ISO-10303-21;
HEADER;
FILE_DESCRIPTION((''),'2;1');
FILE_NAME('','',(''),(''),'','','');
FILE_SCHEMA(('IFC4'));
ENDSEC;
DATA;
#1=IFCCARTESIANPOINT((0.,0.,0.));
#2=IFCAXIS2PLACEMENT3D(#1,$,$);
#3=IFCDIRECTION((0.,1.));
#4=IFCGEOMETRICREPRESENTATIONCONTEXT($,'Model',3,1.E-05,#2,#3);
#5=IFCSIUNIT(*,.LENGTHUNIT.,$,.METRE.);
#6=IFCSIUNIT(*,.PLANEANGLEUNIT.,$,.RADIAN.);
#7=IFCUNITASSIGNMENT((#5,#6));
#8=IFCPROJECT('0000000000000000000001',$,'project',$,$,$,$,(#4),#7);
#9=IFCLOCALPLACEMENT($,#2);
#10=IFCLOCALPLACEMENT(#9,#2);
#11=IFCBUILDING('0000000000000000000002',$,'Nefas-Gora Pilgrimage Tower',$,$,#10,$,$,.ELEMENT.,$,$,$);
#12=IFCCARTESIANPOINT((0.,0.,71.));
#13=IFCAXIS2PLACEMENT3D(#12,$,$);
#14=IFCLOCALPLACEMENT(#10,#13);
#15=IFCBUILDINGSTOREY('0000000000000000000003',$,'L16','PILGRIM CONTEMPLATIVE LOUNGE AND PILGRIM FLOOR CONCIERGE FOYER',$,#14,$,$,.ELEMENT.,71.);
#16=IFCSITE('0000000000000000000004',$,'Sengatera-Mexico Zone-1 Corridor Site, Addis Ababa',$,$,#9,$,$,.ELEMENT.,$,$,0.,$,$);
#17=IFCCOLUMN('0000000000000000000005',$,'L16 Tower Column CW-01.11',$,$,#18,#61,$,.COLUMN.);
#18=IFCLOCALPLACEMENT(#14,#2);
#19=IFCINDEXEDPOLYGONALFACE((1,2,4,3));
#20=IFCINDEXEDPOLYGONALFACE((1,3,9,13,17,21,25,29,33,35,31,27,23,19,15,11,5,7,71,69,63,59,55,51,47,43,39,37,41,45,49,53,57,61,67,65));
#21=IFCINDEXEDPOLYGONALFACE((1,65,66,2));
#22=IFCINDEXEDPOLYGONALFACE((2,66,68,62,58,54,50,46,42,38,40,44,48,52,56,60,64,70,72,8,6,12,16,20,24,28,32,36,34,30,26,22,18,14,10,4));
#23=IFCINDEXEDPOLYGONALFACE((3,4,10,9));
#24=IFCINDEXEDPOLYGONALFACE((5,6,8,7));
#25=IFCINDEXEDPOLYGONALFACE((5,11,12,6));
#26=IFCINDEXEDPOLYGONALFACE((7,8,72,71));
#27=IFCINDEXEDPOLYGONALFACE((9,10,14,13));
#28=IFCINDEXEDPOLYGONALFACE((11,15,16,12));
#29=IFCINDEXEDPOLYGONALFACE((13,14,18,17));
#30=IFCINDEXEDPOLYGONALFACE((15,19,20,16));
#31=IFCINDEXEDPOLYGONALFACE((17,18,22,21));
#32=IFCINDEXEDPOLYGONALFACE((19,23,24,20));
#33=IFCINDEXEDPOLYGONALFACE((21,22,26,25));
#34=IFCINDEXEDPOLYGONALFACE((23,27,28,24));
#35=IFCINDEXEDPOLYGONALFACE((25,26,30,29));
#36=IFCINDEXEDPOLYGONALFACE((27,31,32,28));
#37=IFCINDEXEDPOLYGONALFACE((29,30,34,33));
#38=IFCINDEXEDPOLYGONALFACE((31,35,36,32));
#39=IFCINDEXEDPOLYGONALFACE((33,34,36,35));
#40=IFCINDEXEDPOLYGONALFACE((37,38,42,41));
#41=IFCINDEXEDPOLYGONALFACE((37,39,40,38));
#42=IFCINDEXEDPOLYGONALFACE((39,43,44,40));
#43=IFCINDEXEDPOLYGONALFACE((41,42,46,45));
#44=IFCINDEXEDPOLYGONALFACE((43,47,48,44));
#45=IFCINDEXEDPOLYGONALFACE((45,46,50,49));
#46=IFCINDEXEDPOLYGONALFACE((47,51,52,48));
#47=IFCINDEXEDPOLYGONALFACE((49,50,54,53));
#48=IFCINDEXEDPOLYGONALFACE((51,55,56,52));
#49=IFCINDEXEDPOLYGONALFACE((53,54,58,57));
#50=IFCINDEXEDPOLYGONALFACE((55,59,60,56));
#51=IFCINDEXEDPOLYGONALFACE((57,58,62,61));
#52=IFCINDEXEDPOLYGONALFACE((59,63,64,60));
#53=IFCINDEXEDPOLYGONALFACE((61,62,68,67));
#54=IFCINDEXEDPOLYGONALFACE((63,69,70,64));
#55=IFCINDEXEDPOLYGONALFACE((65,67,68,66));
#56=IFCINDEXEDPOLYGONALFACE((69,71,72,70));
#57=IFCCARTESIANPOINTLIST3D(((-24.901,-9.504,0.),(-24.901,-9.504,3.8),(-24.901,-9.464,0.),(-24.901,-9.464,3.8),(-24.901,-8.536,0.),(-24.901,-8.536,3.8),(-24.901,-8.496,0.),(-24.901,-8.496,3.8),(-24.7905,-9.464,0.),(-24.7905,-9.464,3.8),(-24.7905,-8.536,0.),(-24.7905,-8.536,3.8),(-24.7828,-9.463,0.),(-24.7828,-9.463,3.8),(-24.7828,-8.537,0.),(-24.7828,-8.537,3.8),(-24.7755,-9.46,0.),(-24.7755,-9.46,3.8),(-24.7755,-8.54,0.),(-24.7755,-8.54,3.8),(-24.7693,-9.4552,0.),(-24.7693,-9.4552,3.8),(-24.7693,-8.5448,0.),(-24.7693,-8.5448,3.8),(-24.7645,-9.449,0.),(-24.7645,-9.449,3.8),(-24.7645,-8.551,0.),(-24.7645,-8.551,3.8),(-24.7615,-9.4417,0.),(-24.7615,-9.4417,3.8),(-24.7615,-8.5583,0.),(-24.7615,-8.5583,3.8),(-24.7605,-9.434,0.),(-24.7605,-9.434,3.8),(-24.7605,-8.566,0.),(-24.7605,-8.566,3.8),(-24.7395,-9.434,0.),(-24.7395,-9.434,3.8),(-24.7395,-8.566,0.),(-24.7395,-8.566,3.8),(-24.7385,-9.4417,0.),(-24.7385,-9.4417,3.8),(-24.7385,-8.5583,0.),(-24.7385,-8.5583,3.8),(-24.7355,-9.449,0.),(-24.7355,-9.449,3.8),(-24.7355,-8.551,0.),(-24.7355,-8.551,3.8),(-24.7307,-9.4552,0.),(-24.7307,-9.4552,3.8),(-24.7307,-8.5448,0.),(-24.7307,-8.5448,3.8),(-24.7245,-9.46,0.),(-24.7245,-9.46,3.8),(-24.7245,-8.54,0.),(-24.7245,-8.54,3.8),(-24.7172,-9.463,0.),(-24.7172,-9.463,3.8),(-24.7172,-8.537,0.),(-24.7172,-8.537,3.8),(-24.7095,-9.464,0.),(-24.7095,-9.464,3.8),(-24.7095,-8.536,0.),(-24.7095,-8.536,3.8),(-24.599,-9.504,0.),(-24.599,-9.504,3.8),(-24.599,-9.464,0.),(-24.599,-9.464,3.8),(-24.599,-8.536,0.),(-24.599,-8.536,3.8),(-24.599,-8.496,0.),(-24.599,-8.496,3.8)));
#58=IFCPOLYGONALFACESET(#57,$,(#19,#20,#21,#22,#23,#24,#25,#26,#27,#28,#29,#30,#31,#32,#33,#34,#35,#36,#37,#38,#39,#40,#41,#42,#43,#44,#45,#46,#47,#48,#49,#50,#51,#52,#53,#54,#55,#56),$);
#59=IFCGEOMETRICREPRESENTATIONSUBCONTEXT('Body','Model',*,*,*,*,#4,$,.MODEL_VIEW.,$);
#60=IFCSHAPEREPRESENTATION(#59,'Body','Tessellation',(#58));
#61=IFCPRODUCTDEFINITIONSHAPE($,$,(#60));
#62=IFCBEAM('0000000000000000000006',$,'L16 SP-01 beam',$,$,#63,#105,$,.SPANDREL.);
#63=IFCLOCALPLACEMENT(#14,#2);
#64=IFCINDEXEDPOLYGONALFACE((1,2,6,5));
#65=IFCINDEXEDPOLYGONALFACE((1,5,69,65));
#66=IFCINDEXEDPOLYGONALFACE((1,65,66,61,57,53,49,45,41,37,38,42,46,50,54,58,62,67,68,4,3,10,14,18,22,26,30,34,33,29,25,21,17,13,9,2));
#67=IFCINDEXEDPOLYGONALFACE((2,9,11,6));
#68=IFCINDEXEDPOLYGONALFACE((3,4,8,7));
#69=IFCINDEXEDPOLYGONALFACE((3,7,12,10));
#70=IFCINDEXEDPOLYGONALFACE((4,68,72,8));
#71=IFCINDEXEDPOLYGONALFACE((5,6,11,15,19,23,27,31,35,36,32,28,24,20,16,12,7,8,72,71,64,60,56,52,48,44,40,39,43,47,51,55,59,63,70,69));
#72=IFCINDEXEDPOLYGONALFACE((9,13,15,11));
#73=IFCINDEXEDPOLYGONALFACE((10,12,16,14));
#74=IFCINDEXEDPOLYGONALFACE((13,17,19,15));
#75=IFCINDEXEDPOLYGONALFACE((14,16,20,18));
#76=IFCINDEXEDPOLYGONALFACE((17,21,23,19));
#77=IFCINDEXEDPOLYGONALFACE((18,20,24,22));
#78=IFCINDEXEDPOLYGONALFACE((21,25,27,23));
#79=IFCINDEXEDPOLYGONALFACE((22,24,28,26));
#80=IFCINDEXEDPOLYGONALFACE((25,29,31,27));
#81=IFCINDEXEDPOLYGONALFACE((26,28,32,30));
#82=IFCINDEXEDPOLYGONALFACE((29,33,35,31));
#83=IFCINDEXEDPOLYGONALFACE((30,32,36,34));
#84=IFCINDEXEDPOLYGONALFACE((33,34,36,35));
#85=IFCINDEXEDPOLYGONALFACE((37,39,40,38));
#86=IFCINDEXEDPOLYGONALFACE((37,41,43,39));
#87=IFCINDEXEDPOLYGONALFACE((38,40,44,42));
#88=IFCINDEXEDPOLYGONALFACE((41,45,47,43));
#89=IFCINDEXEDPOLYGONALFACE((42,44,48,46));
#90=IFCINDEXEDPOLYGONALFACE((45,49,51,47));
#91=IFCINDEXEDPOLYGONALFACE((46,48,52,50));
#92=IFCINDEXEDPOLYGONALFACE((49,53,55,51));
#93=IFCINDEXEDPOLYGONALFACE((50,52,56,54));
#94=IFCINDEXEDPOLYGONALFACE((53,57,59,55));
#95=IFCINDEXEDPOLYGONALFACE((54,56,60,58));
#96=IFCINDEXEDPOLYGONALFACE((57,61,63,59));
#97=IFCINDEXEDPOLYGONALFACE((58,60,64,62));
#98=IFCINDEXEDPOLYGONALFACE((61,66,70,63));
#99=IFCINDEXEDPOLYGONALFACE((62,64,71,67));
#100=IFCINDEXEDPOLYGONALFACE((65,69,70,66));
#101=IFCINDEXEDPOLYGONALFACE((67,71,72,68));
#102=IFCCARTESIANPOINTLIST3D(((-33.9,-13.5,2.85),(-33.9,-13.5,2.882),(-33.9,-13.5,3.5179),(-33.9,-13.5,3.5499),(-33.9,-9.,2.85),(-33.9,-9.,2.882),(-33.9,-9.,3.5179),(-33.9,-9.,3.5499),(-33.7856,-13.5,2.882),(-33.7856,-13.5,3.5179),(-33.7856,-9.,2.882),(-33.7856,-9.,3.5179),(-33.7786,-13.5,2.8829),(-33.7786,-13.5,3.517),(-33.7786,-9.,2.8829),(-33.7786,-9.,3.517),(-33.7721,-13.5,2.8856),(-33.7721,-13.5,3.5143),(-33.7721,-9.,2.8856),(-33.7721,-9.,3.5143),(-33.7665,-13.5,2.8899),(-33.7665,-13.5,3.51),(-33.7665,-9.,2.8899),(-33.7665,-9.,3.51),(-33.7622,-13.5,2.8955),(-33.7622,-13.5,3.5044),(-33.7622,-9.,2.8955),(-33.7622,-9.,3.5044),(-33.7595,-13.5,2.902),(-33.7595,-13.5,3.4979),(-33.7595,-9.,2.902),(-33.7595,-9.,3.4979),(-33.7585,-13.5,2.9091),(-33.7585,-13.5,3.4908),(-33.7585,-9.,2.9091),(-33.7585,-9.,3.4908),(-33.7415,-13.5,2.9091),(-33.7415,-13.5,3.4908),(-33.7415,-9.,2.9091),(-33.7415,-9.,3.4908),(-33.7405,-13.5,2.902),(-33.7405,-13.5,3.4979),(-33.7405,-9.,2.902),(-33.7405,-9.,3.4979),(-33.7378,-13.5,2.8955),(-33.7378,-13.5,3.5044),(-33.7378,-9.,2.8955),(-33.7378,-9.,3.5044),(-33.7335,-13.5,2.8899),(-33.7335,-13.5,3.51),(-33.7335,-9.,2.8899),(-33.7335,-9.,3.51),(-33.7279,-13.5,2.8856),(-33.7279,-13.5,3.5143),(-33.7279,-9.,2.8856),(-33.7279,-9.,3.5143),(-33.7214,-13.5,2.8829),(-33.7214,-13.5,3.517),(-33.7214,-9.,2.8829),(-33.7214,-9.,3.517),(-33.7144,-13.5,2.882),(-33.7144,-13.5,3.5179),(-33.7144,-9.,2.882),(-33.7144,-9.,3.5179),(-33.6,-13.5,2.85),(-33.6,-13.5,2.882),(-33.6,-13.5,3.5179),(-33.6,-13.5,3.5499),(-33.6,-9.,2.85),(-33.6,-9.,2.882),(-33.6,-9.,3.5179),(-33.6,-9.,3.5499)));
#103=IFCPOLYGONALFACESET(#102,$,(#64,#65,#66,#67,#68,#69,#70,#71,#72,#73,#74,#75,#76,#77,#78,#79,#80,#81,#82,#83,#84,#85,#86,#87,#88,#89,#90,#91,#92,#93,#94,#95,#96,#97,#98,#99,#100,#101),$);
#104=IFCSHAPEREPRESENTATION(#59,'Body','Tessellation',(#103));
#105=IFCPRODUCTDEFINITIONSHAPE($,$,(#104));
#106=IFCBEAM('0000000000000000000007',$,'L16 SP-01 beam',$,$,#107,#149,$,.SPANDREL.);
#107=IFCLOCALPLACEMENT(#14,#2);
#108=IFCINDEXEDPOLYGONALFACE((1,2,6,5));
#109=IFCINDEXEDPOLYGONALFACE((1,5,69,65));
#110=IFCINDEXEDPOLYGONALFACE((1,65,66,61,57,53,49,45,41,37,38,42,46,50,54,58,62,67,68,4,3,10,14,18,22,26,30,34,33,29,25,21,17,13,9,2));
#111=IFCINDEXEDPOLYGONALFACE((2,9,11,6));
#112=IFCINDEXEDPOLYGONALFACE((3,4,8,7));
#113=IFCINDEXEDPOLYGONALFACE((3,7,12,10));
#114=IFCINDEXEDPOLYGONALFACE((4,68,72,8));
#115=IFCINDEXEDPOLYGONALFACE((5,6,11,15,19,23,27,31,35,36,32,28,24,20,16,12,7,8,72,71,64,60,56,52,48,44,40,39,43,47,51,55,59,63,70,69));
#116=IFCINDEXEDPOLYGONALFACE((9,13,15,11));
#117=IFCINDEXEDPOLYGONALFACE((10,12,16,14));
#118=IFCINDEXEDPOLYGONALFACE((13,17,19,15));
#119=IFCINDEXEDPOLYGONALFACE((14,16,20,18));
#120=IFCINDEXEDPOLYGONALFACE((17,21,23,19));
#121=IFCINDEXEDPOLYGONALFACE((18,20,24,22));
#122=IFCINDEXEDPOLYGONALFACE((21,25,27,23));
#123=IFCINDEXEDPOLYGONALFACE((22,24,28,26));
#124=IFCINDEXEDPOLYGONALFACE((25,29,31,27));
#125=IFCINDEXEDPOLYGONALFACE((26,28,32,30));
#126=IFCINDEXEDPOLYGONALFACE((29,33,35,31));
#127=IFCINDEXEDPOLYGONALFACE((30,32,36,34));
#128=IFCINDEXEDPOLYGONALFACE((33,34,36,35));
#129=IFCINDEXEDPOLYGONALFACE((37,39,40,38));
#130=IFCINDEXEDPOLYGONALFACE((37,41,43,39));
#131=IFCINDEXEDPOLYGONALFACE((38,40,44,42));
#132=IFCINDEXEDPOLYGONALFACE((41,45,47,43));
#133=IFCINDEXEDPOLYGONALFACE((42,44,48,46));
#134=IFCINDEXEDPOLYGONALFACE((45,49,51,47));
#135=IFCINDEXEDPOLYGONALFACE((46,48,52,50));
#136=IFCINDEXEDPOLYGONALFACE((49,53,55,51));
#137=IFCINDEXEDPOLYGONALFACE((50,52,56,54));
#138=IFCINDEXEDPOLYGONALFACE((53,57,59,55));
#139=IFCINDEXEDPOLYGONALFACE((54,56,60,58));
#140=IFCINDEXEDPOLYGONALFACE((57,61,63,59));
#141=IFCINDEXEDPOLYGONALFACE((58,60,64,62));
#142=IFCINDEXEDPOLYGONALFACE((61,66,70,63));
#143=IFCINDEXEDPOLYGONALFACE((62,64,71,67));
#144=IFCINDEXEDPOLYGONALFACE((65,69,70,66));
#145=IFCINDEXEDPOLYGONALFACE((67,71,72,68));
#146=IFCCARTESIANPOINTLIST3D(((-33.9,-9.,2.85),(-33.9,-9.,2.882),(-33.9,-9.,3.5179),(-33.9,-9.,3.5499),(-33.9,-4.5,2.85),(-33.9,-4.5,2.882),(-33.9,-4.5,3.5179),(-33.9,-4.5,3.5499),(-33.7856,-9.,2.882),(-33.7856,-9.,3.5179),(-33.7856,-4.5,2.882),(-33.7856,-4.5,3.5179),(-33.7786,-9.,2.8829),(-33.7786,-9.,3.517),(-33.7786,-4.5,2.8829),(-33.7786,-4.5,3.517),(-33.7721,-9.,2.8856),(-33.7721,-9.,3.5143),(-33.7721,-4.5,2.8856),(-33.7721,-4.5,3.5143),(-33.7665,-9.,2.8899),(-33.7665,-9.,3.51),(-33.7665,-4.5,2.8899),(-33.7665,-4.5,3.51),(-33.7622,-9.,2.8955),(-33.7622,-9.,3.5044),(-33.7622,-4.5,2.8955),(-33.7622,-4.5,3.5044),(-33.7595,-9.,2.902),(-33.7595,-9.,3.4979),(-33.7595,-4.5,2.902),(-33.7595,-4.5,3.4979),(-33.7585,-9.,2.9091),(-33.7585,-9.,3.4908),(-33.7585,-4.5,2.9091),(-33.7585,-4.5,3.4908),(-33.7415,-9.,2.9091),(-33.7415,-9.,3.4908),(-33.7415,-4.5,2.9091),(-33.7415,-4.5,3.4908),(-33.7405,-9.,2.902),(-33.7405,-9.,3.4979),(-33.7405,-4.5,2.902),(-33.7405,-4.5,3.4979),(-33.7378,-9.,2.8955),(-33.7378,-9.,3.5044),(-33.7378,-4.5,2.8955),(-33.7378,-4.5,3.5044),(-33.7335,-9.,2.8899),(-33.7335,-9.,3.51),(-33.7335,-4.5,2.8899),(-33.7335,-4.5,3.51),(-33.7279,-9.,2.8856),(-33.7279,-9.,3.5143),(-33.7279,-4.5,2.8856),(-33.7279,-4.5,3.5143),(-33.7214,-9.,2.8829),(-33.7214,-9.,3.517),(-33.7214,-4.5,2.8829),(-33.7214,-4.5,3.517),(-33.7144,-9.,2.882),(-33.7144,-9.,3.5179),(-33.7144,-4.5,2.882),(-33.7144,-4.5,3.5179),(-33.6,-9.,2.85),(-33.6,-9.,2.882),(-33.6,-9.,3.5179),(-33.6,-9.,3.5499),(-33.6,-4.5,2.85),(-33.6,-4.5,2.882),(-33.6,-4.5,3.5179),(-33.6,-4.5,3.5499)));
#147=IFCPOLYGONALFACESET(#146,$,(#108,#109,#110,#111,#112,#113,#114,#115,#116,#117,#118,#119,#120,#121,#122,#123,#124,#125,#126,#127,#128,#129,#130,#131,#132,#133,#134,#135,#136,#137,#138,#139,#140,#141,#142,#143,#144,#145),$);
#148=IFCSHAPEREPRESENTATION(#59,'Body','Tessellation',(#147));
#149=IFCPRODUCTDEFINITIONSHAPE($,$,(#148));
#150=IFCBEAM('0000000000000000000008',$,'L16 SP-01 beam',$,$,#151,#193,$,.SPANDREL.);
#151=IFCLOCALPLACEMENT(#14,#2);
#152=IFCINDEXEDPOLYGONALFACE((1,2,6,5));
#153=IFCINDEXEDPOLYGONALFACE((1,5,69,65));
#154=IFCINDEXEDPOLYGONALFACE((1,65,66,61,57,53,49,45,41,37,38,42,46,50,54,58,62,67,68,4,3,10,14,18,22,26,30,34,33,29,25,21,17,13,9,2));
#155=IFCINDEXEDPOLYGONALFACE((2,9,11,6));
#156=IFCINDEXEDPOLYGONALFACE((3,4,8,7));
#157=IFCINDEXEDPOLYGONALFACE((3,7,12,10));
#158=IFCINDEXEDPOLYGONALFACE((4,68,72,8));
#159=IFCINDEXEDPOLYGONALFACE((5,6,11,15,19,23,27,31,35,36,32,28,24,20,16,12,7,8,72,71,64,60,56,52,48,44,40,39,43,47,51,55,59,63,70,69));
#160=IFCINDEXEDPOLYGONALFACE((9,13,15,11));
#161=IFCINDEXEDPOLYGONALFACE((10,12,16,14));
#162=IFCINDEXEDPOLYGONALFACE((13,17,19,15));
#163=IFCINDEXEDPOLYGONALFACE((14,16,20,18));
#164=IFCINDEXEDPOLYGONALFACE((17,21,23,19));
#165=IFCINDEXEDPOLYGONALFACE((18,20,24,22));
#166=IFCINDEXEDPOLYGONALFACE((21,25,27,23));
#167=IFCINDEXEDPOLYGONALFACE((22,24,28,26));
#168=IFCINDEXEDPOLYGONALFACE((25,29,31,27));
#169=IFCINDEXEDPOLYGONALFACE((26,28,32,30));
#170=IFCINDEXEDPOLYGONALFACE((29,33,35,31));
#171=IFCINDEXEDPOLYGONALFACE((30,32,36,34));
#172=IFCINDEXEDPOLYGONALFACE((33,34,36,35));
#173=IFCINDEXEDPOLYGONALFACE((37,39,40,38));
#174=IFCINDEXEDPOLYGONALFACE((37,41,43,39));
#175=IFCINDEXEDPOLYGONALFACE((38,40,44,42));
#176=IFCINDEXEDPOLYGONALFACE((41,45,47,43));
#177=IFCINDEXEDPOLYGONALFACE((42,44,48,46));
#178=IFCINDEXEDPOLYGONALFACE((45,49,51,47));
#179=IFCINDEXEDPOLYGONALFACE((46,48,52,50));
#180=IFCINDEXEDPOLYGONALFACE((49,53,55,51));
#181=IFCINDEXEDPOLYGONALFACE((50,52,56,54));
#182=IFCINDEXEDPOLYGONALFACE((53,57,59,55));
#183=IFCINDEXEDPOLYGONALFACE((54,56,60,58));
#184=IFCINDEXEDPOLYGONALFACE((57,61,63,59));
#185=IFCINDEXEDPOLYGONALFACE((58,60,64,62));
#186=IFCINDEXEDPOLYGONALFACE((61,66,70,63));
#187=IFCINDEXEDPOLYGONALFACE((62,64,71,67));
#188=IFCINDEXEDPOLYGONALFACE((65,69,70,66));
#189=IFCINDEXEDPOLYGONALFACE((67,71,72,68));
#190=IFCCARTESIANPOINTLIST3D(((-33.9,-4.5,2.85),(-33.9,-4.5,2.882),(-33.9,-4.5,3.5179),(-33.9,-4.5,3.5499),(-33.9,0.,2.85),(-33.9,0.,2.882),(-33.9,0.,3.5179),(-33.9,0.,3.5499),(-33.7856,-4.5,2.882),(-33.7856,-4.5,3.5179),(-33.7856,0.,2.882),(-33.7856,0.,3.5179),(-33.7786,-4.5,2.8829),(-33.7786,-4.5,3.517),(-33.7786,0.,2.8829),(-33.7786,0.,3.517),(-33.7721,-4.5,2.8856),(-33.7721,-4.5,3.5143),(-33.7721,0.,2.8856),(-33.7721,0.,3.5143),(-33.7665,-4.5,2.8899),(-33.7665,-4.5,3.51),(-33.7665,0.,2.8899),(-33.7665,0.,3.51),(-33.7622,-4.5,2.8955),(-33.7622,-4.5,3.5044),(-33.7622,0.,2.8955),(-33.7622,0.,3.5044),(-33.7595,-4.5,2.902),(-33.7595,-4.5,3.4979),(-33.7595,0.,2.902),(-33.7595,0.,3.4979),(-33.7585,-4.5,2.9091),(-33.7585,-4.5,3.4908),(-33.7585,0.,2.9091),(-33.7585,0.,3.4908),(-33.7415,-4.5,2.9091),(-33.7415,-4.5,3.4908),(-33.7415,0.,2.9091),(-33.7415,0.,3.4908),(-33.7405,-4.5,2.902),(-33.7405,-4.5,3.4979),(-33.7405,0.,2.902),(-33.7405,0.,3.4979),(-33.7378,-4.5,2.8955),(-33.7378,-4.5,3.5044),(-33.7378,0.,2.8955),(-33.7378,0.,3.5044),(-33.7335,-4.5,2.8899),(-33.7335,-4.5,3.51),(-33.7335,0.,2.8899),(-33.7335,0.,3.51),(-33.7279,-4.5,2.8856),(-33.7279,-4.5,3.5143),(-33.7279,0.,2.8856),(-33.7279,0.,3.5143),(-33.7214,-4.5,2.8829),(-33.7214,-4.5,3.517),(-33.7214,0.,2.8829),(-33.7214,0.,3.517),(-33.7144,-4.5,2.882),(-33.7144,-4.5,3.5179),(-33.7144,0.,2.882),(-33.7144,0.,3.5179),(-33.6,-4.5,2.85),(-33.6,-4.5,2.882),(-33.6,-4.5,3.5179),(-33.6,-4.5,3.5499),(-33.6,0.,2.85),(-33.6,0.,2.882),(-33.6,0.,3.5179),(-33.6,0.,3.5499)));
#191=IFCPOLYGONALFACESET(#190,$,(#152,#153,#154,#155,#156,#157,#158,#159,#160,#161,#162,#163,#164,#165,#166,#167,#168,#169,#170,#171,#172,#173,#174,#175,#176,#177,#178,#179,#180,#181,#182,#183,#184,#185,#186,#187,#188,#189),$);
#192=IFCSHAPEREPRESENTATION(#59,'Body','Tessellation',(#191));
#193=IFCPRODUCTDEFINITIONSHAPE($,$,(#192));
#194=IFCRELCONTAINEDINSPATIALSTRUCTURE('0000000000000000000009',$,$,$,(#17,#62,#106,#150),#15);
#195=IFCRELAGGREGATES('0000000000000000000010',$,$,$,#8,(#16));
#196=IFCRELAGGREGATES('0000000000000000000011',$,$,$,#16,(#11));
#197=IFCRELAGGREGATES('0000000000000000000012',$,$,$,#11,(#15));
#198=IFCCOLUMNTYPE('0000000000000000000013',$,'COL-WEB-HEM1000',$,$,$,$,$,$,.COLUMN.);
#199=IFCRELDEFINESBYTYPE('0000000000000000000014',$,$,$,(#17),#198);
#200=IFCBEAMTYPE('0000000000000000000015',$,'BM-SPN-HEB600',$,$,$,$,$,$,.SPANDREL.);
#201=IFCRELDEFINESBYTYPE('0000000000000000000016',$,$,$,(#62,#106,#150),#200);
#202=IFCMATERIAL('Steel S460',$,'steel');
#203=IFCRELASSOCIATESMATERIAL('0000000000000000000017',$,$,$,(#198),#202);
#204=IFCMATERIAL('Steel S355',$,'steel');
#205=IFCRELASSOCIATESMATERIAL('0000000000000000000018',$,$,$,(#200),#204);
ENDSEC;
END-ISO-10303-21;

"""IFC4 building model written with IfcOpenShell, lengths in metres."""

from ifc_helpers import new_model, si_unit, direction, frame, origin, origin_2d, place, context, subcontext, project, spatial, i_section, extrude, source, transform, mapped, material, material_profile, profile_set, type_object, element, save


model = new_model("IFC4")

# Units and contexts
model_context = context("Model", 3, precision=1e-05, world=origin(), true_north=direction((0.0, 1.0)))
body_context = subcontext(model_context, "Body", "Model", "MODEL_VIEW")
ifc_project = project(units=[si_unit("LENGTHUNIT", "METRE"), si_unit("PLANEANGLEUNIT", "RADIAN")], contexts=[model_context])

# Site, building, storey
site_placement = place(None, origin())
site = spatial("IfcSite", under=ifc_project, at=site_placement, Name="Sengatera-Mexico Zone-1 Corridor Site, Addis Ababa", CompositionType="ELEMENT", RefElevation=0.0)
building_placement = place(site_placement, origin())
building = spatial("IfcBuilding", under=site, at=building_placement, Name="Nefas-Gora Pilgrimage Tower", CompositionType="ELEMENT")
storey_placement = place(building_placement, frame((0.0, 0.0, 71.0)))
storey = spatial("IfcBuildingStorey", under=building, at=storey_placement, Name="L16", Description="PILGRIM CONTEMPLATIVE LOUNGE AND PILGRIM FLOOR CONCIERGE FOYER", CompositionType="ELEMENT", Elevation=71.0)

# Column
ifc_material_1 = material(Name="Steel S460", Category="steel")
ifc_material_profile_1 = material_profile(ifc_material_1, i_section(OverallWidth=0.302, OverallDepth=1.0081, WebThickness=0.021, FlangeThickness=0.04, FilletRadius=0.03, at=origin_2d()), Name="HEM 1000")
ifc_profile_set_1 = profile_set([ifc_material_profile_1], Name="Steel S460")
column_type_1 = type_object("IfcColumnType", Name="COL-WEB-HEM1000", PredefinedType="COLUMN", material=ifc_profile_set_1)
shared_shape_1 = source(origin(), body_context, "Body", "SweptSolid", [
    extrude(i_section(OverallWidth=0.302, OverallDepth=1.0081, WebThickness=0.021, FlangeThickness=0.04, FilletRadius=0.03, at=origin_2d()), origin(), (0.0, 0.0, 1.0), 3.8),
])
for number, where, z_axis, x_axis, name in (
    (1, (-24.75, -9.0, 0.0), (0.0, 0.0, 1.0), (1.0, 0.0, 0.0), "L16 Tower Column CW-01.11"),
):
    element("IfcColumn", number, at=place(storey_placement, frame(where, z_axis=z_axis, x_axis=x_axis)), inside=storey, type_object=column_type_1, Name=name, PredefinedType="COLUMN", context=body_context, shape_type="MappedRepresentation", body=[
        mapped(shared_shape_1, transform((0.0, 0.0, 0.0), x_axis=(1.0, 0.0, 0.0), y_axis=(0.0, 1.0, 0.0), z_axis=(0.0, 0.0, 1.0), scale=1.0)),
    ])

# Beams
ifc_material_2 = material(Name="Steel S355", Category="steel")
ifc_material_profile_2 = material_profile(ifc_material_2, i_section(OverallWidth=0.3, OverallDepth=0.7, WebThickness=0.0171, FlangeThickness=0.032, FilletRadius=0.0271, at=origin_2d()), Name="HEB 700")
ifc_profile_set_2 = profile_set([ifc_material_profile_2], Name="Steel S355")
beam_type_1 = type_object("IfcBeamType", Name="BM-SPN-HEB600", PredefinedType="SPANDREL", material=ifc_profile_set_2)
shared_shape_2 = source(origin(), body_context, "Body", "SweptSolid", [
    extrude(i_section(OverallWidth=0.3, OverallDepth=0.7, WebThickness=0.0171, FlangeThickness=0.032, FilletRadius=0.0271, at=origin_2d()), origin(), (0.0, 0.0, 1.0), 4.5),
])
for number, where, z_axis, x_axis, name in (
    (2, (-33.75, -13.5, 3.2), (0.0, 1.0, 0.0), (-1.0, 0.0, 0.0), "L16 SP-01 beam"),
    (3, (-33.75, -9.0, 3.2), (0.0, 1.0, 0.0), (-1.0, 0.0, 0.0), "L16 SP-01 beam"),
    (4, (-33.75, -4.5, 3.2), (0.0, 1.0, 0.0), (-1.0, 0.0, 0.0), "L16 SP-01 beam"),
):
    element("IfcBeam", number, at=place(storey_placement, frame(where, z_axis=z_axis, x_axis=x_axis)), inside=storey, type_object=beam_type_1, Name=name, PredefinedType="SPANDREL", context=body_context, shape_type="MappedRepresentation", body=[
        mapped(shared_shape_2, transform((0.0, 0.0, 0.0), x_axis=(1.0, 0.0, 0.0), y_axis=(0.0, 1.0, 0.0), z_axis=(0.0, 0.0, 1.0), scale=1.0)),
    ])

save(model, "model.ifc")
